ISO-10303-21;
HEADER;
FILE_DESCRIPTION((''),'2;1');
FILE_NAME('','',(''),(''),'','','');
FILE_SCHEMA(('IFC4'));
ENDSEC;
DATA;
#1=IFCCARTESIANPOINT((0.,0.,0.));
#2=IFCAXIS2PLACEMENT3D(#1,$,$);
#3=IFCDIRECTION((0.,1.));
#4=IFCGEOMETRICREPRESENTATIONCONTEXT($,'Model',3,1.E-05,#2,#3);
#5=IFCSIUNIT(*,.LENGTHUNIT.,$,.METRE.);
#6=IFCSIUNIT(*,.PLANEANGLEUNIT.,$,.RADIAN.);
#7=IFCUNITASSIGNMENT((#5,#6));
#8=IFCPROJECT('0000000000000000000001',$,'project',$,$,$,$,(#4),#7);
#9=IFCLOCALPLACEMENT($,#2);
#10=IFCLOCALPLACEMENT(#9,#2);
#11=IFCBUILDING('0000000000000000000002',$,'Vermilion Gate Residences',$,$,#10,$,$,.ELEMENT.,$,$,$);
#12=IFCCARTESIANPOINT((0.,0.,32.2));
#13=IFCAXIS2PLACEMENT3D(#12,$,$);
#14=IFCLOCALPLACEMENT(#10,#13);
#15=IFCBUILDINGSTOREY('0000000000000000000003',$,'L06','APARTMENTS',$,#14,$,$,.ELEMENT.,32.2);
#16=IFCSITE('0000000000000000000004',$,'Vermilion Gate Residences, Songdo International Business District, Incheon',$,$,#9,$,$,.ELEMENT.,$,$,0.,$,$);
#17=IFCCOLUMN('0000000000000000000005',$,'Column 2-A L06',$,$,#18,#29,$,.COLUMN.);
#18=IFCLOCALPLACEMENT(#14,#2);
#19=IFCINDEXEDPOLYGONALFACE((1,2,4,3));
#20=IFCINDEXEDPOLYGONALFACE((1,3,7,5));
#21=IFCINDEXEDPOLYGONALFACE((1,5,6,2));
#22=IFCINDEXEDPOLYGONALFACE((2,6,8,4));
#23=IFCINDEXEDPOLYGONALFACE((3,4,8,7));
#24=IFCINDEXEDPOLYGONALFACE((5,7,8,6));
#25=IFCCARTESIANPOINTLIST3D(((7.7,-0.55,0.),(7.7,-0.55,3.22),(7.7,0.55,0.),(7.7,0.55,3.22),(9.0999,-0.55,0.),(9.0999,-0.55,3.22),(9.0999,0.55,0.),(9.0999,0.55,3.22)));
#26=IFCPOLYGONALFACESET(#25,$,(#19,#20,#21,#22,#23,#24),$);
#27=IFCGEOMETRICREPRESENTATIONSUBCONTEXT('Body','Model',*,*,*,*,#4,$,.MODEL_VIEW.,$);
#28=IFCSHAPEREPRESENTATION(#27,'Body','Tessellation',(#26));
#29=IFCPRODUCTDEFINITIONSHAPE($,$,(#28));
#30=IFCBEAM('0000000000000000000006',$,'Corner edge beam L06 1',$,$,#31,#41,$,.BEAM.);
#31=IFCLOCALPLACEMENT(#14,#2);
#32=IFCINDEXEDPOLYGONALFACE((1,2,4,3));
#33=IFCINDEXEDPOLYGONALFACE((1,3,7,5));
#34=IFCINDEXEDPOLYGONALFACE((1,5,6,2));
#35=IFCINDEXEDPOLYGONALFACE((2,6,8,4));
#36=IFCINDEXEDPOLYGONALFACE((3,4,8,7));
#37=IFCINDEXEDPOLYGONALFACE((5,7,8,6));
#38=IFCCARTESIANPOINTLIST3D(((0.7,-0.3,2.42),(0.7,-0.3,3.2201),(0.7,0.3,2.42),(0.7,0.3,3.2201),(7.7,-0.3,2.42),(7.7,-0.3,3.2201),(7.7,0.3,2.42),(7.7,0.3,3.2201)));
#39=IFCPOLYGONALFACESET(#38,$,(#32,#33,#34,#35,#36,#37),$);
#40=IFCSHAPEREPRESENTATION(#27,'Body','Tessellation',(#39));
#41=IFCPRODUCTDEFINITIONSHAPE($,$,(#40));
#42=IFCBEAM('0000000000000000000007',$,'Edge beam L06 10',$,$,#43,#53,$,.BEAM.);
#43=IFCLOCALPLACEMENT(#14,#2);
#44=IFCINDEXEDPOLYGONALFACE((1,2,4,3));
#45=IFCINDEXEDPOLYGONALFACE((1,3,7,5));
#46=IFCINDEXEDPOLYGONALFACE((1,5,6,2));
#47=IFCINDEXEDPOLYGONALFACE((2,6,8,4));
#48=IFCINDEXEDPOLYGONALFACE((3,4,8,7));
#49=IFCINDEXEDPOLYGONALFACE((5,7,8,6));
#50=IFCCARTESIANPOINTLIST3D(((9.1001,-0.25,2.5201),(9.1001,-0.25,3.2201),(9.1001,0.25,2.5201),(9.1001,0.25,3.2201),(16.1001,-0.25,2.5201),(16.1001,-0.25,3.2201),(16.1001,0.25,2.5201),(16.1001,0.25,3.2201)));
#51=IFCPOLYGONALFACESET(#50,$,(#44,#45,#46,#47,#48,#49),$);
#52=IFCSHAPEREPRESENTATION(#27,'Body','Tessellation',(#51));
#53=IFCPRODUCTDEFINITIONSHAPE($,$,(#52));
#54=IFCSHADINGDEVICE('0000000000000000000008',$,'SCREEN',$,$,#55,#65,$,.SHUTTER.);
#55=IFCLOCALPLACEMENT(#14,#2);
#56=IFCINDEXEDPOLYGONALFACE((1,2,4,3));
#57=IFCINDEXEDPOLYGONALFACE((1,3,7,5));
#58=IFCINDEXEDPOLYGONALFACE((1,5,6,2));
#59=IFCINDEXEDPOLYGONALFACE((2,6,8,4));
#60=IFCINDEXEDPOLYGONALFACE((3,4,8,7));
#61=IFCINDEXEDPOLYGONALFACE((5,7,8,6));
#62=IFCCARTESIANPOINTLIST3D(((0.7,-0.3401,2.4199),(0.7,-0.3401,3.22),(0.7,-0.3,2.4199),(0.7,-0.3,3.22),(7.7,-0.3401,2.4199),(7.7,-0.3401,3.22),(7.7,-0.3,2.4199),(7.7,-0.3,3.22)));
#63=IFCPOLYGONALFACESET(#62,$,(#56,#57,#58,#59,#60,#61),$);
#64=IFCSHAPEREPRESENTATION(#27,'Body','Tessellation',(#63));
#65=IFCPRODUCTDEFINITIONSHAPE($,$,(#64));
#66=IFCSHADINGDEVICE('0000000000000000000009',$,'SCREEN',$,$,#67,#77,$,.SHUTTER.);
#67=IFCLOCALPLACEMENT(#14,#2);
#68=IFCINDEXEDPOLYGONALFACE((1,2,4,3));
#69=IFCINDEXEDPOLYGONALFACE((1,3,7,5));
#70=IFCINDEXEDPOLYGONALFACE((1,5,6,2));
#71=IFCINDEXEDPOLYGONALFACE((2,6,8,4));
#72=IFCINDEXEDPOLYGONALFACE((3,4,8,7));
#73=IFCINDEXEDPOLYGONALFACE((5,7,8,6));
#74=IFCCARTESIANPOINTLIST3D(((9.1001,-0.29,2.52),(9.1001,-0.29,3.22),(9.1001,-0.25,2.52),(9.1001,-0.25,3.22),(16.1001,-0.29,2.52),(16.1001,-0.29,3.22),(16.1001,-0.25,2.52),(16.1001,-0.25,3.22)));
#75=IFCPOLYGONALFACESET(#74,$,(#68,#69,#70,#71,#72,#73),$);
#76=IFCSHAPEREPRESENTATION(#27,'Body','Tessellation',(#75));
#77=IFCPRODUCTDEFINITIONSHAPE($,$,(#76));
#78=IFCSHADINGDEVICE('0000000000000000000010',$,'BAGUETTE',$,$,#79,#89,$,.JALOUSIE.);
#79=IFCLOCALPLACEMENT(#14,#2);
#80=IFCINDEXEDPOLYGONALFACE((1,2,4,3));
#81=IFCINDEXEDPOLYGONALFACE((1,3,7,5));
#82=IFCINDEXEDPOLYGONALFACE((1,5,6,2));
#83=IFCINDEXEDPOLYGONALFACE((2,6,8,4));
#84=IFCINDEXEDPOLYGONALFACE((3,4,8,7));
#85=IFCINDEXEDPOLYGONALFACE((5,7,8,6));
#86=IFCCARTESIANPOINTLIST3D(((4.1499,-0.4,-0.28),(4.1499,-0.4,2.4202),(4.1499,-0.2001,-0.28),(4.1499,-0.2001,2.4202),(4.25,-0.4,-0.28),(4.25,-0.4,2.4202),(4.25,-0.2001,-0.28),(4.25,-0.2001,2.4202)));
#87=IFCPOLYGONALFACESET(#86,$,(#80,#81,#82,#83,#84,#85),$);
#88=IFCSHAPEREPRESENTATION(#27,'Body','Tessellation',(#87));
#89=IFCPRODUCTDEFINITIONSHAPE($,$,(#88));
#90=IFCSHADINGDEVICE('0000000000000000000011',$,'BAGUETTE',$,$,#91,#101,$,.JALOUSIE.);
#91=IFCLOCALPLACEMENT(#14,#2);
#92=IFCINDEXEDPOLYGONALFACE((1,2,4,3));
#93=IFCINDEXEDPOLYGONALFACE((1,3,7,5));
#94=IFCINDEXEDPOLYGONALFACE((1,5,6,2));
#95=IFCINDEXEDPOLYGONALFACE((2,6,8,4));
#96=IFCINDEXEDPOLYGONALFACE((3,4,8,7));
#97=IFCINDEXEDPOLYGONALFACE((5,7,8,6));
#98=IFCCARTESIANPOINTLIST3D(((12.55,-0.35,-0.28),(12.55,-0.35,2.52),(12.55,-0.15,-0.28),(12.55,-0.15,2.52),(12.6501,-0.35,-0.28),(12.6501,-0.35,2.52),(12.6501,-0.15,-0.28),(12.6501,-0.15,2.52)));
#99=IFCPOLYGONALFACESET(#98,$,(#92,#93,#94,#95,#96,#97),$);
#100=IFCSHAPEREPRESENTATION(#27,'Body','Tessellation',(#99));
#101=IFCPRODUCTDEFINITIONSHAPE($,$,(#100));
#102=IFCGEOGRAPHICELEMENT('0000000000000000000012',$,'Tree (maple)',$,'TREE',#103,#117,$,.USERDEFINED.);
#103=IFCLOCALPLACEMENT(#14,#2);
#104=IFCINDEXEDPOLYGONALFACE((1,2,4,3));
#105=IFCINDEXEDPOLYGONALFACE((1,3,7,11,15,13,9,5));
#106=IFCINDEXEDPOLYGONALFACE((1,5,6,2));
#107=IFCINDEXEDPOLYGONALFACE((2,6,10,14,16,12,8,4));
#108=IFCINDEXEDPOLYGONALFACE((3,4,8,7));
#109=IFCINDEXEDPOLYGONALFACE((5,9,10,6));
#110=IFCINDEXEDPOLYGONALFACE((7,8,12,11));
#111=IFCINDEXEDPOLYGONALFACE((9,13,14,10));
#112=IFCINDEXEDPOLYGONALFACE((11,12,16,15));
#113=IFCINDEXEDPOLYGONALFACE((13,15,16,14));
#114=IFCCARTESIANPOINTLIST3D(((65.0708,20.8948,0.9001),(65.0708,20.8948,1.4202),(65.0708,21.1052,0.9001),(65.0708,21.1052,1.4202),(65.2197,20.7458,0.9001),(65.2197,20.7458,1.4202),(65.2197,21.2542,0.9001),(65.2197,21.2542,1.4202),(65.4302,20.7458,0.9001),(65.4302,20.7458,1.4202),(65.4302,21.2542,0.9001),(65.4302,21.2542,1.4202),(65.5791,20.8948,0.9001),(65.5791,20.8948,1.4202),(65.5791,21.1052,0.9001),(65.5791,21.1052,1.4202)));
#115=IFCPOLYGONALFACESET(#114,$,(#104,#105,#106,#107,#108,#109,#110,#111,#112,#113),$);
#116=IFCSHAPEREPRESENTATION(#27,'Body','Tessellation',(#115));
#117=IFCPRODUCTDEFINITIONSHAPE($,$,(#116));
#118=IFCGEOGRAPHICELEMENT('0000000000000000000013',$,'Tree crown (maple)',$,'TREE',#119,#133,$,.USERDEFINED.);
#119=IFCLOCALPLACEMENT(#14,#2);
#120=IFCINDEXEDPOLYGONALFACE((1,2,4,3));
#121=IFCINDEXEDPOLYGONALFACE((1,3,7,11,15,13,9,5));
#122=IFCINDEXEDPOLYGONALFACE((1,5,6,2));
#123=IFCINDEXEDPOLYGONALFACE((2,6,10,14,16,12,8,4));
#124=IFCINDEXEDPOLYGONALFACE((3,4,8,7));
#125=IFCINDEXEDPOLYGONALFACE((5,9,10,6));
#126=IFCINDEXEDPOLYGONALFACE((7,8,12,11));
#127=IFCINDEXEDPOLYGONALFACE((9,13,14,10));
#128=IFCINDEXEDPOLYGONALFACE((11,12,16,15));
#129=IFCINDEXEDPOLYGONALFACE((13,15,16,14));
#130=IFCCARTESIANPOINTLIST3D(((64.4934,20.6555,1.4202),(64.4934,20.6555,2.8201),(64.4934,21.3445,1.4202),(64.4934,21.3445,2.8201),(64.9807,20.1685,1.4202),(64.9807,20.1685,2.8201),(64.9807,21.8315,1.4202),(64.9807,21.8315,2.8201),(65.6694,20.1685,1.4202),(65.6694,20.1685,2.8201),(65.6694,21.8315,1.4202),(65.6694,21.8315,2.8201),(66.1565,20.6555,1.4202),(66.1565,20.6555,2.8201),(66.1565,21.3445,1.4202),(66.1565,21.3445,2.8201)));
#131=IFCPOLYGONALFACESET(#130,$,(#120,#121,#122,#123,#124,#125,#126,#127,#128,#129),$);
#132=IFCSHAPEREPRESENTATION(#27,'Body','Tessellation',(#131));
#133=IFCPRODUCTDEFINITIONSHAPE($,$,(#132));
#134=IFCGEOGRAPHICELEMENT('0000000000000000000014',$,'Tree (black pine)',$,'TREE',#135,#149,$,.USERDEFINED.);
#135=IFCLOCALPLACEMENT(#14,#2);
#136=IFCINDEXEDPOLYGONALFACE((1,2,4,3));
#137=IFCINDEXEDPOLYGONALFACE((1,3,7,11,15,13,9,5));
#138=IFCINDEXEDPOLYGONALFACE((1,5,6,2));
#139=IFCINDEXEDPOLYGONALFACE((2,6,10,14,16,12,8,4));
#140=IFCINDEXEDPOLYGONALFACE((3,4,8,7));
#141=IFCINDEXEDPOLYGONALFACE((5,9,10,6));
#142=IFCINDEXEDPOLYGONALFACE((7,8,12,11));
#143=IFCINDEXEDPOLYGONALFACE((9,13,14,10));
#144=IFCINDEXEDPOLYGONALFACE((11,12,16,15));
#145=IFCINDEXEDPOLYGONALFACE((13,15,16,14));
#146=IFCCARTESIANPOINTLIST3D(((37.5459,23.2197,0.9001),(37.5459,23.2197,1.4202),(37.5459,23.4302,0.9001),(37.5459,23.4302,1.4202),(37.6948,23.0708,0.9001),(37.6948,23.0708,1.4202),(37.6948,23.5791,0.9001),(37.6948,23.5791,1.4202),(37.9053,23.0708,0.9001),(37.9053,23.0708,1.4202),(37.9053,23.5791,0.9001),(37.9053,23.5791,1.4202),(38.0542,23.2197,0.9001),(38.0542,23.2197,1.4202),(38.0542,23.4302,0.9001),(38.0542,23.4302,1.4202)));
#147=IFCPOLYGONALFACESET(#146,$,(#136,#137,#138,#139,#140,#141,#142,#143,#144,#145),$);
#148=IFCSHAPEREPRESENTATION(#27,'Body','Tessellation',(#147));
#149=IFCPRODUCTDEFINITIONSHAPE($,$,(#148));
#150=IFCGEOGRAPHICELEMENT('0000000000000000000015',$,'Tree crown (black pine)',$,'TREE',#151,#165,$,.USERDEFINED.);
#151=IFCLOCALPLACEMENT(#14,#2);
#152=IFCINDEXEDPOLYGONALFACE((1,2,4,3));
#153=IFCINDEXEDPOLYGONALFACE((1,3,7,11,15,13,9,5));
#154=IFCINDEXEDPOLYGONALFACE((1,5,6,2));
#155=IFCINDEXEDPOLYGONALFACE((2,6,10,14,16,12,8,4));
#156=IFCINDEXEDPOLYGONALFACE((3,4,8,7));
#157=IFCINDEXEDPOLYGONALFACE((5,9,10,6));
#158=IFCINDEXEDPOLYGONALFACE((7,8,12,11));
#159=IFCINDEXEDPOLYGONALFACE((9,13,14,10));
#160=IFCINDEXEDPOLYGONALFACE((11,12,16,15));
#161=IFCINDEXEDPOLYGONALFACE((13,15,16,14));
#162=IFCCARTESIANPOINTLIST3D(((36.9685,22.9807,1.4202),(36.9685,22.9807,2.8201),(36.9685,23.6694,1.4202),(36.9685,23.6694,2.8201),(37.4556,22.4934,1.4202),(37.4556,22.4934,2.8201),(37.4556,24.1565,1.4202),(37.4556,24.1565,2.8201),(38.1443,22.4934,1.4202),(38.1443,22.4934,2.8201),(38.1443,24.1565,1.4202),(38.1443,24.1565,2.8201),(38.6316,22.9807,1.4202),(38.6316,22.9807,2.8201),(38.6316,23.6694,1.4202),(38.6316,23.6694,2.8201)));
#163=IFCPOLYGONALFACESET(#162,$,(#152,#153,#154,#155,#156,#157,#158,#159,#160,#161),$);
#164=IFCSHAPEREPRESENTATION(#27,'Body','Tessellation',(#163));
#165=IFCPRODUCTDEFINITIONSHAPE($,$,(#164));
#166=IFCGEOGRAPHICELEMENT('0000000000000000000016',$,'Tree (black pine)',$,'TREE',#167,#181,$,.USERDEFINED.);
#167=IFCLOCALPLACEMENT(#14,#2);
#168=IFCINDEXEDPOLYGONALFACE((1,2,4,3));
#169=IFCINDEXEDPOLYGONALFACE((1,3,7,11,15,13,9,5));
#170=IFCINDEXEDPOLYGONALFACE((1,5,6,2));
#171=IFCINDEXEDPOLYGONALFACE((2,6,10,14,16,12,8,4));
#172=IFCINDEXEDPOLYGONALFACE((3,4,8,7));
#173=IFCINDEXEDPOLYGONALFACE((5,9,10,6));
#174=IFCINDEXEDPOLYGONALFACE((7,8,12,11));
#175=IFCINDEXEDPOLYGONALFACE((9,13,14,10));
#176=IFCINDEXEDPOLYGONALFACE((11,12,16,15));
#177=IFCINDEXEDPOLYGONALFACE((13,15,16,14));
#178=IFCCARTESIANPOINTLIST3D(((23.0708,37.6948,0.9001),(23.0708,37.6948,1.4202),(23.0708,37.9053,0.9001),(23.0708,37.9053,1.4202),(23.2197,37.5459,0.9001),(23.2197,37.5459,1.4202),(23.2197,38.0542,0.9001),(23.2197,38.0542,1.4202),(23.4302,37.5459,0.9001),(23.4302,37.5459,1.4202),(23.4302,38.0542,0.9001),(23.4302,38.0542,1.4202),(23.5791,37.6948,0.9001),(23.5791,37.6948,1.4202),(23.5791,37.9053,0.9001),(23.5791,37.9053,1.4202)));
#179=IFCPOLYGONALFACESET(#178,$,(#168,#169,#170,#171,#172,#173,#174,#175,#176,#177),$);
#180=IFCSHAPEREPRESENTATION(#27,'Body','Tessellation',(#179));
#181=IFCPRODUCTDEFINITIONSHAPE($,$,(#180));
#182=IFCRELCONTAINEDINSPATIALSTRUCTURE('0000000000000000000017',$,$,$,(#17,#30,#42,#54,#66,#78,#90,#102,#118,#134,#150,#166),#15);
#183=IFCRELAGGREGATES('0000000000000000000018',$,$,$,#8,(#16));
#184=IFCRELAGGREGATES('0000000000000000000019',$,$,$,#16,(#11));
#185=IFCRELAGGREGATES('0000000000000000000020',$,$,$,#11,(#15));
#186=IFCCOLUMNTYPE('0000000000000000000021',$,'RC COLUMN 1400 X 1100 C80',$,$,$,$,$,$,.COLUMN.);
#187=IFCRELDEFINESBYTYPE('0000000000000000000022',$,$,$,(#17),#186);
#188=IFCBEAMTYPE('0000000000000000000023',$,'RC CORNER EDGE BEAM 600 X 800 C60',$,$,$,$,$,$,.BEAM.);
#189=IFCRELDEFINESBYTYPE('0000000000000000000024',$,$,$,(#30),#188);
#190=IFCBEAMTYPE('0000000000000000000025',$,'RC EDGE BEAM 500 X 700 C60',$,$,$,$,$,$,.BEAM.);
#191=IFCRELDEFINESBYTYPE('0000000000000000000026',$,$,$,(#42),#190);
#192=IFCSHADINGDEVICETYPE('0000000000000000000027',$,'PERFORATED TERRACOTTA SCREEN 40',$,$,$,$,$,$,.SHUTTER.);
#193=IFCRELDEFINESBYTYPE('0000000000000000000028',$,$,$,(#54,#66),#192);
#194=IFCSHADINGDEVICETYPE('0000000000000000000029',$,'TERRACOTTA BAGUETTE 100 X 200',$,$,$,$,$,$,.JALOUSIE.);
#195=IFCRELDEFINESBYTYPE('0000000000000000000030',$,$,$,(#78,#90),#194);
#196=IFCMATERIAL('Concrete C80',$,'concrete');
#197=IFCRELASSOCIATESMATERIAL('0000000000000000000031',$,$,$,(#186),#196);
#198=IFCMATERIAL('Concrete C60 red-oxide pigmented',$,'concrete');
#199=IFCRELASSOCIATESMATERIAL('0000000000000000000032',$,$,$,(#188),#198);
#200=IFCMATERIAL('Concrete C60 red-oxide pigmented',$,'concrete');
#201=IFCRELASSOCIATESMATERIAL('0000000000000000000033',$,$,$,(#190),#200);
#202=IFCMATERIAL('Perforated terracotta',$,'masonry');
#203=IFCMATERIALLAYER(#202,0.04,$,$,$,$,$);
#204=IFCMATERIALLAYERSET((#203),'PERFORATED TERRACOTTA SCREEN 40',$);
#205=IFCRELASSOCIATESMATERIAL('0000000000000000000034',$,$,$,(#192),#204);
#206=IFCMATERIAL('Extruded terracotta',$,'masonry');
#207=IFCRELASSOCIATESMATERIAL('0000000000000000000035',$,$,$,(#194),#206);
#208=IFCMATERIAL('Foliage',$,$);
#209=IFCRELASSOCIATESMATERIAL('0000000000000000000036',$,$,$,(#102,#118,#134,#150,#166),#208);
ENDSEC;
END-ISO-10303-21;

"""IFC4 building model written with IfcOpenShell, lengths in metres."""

from ifc_helpers import new_model, si_unit, direction, frame, origin, origin_2d, place, context, subcontext, project, spatial, polyline, rectangle, outline, extrude, material, layer, layer_set, material_profile, profile_set, type_object, element, save


model = new_model("IFC4")

# Units and contexts
model_context = context("Model", 3, precision=1e-05, world=origin(), true_north=direction((0.0, 1.0)))
body_context = subcontext(model_context, "Body", "Model", "MODEL_VIEW")
ifc_project = project(units=[si_unit("LENGTHUNIT", "METRE"), si_unit("PLANEANGLEUNIT", "RADIAN")], contexts=[model_context])

# Site, building, storey
site_placement = place(None, origin())
site = spatial("IfcSite", under=ifc_project, at=site_placement, Name="Vermilion Gate Residences, Songdo International Business District, Incheon", CompositionType="ELEMENT", RefElevation=0.0)
building_placement = place(site_placement, origin())
building = spatial("IfcBuilding", under=site, at=building_placement, Name="Vermilion Gate Residences", CompositionType="ELEMENT")
storey_placement = place(building_placement, frame((0.0, 0.0, 32.2)))
storey = spatial("IfcBuildingStorey", under=building, at=storey_placement, Name="L06", Description="APARTMENTS", CompositionType="ELEMENT", Elevation=32.2)

# Column
ifc_material_1 = material(Name="Concrete C80", Category="concrete")
ifc_material_profile_1 = material_profile(ifc_material_1, rectangle(XDim=1.3999, YDim=1.1001, at=origin_2d()), Name="RC-1400x1100")
ifc_profile_set_1 = profile_set([ifc_material_profile_1], Name="Concrete C80")
column_type = type_object("IfcColumnType", Name="RC COLUMN 1400 X 1100 C80", PredefinedType="COLUMN", material=ifc_profile_set_1)
column_placement = place(storey_placement, frame((8.3999, 0.0, 0.0), z_axis=(0.0, 0.0, 1.0), x_axis=(1.0, 0.0, 0.0)))
element("IfcColumn", 1, at=column_placement, inside=storey, type_object=column_type, Name="Column 2-A L06", PredefinedType="COLUMN", context=body_context, shape_type="SweptSolid", body=[
    extrude(rectangle(XDim=1.3999, YDim=1.1001, at=origin_2d()), origin(), (0.0, 0.0, 1.0), 3.22),
])

# Beams
ifc_material_2 = material(Name="Concrete C60 red-oxide pigmented", Category="concrete")
ifc_material_profile_2 = material_profile(ifc_material_2, rectangle(XDim=0.6001, YDim=0.8, at=origin_2d()), Name="RC-600x800")
ifc_profile_set_2 = profile_set([ifc_material_profile_2], Name="Concrete C60 red-oxide pigmented")
beam_type_1 = type_object("IfcBeamType", Name="RC CORNER EDGE BEAM 600 X 800 C60", PredefinedType="BEAM", material=ifc_profile_set_2)
beam_1_placement = place(storey_placement, frame((0.7, 0.0, 2.8201), z_axis=(1.0, 0.0, 0.0), x_axis=(0.0, 1.0, 0.0)))
element("IfcBeam", 2, at=beam_1_placement, inside=storey, type_object=beam_type_1, Name="Corner edge beam L06 1", PredefinedType="BEAM", context=body_context, shape_type="SweptSolid", body=[
    extrude(rectangle(XDim=0.6001, YDim=0.8, at=origin_2d()), origin(), (0.0, 0.0, 1.0), 7.0),
])
ifc_material_3 = material(Name="Concrete C60 red-oxide pigmented", Category="concrete")
ifc_material_profile_3 = material_profile(ifc_material_3, rectangle(XDim=0.5, YDim=0.7, at=origin_2d()), Name="RC-500x700")
ifc_profile_set_3 = profile_set([ifc_material_profile_3], Name="Concrete C60 red-oxide pigmented")
beam_type_2 = type_object("IfcBeamType", Name="RC EDGE BEAM 500 X 700 C60", PredefinedType="BEAM", material=ifc_profile_set_3)
beam_2_placement = place(storey_placement, frame((9.1001, 0.0, 2.8701), z_axis=(1.0, 0.0, 0.0), x_axis=(0.0, 1.0, 0.0)))
element("IfcBeam", 3, at=beam_2_placement, inside=storey, type_object=beam_type_2, Name="Edge beam L06 10", PredefinedType="BEAM", context=body_context, shape_type="SweptSolid", body=[
    extrude(rectangle(XDim=0.5, YDim=0.7, at=origin_2d()), origin(), (0.0, 0.0, 1.0), 7.0),
])

# Shading devices
ifc_material_4 = material(Name="Perforated terracotta", Category="masonry")
ifc_layer = layer(ifc_material_4, 0.04)
ifc_layer_set = layer_set([ifc_layer], Name="PERFORATED TERRACOTTA SCREEN 40")
shading_device_type_1 = type_object("IfcShadingDeviceType", Name="PERFORATED TERRACOTTA SCREEN 40", PredefinedType="SHUTTER", material=ifc_layer_set)
shading_device_1_placement = place(storey_placement, frame((4.2, -0.3201, 2.4199), z_axis=(0.0, 0.0, 1.0), x_axis=(1.0, 0.0, 0.0)))
element("IfcShadingDevice", 4, at=shading_device_1_placement, inside=storey, type_object=shading_device_type_1, Name="SCREEN", PredefinedType="SHUTTER", context=body_context, shape_type="SweptSolid", body=[
    extrude(rectangle(XDim=7.0, YDim=0.04, at=origin_2d()), origin(), (0.0, 0.0, 1.0), 0.8),
])
shading_device_2_placement = place(storey_placement, frame((12.6001, -0.27, 2.52), z_axis=(0.0, 0.0, 1.0), x_axis=(1.0, 0.0, 0.0)))
element("IfcShadingDevice", 5, at=shading_device_2_placement, inside=storey, type_object=shading_device_type_1, Name="SCREEN", PredefinedType="SHUTTER", context=body_context, shape_type="SweptSolid", body=[
    extrude(rectangle(XDim=7.0, YDim=0.04, at=origin_2d()), origin(), (0.0, 0.0, 1.0), 0.7),
])
ifc_material_5 = material(Name="Extruded terracotta", Category="masonry")
ifc_material_profile_4 = material_profile(ifc_material_5, rectangle(XDim=0.2, YDim=0.1001, at=origin_2d()), Name="BAGUETTE 100 X 200")
ifc_profile_set_4 = profile_set([ifc_material_profile_4], Name="Extruded terracotta")
shading_device_type_2 = type_object("IfcShadingDeviceType", Name="TERRACOTTA BAGUETTE 100 X 200", PredefinedType="JALOUSIE", material=ifc_profile_set_4)
shading_device_3_placement = place(storey_placement, frame((4.2, -0.3, -0.28), z_axis=(0.0, 0.0, 1.0), x_axis=(0.0, 1.0, 0.0)))
element("IfcShadingDevice", 6, at=shading_device_3_placement, inside=storey, type_object=shading_device_type_2, Name="BAGUETTE", PredefinedType="JALOUSIE", context=body_context, shape_type="SweptSolid", body=[
    extrude(rectangle(XDim=0.2, YDim=0.1001, at=origin_2d()), origin(), (0.0, 0.0, 1.0), 2.7002),
])
shading_device_4_placement = place(storey_placement, frame((12.6001, -0.25, -0.28), z_axis=(0.0, 0.0, 1.0), x_axis=(0.0, 1.0, 0.0)))
element("IfcShadingDevice", 7, at=shading_device_4_placement, inside=storey, type_object=shading_device_type_2, Name="BAGUETTE", PredefinedType="JALOUSIE", context=body_context, shape_type="SweptSolid", body=[
    extrude(rectangle(XDim=0.2, YDim=0.1001, at=origin_2d()), origin(), (0.0, 0.0, 1.0), 2.8),
])

# Geographic elements
ifc_material_6 = material(Name="Foliage")
geographic_element_1_placement = place(storey_placement, frame((0.0, 0.0, 0.9001)))
element("IfcGeographicElement", 8, at=geographic_element_1_placement, inside=storey, material=ifc_material_6, Name="Tree (maple)", ObjectType="TREE", PredefinedType="USERDEFINED", context=body_context, shape_type="SweptSolid", body=[
    extrude(outline(polyline([(65.5791, 21.1052), (65.4302, 21.2542), (65.2197, 21.2542), (65.0708, 21.1052), (65.0708, 20.8948), (65.2197, 20.7458), (65.4302, 20.7458), (65.5791, 20.8948), (65.5791, 21.1052)])), origin(), (0.0, 0.0, 1.0), 0.52),
])
geographic_element_2_placement = place(storey_placement, frame((0.0, 0.0, 1.4202)))
element("IfcGeographicElement", 9, at=geographic_element_2_placement, inside=storey, material=ifc_material_6, Name="Tree crown (maple)", ObjectType="TREE", PredefinedType="USERDEFINED", context=body_context, shape_type="SweptSolid", body=[
    extrude(outline(polyline([(66.1565, 21.3445), (65.6694, 21.8315), (64.9807, 21.8315), (64.4934, 21.3445), (64.4934, 20.6555), (64.9807, 20.1685), (65.6694, 20.1685), (66.1565, 20.6555), (66.1565, 21.3445)])), origin(), (0.0, 0.0, 1.0), 1.3999),
])
geographic_element_3_placement = place(storey_placement, frame((0.0, 0.0, 0.9001)))
element("IfcGeographicElement", 10, at=geographic_element_3_placement, inside=storey, material=ifc_material_6, Name="Tree (black pine)", ObjectType="TREE", PredefinedType="USERDEFINED", context=body_context, shape_type="SweptSolid", body=[
    extrude(outline(polyline([(38.0542, 23.4302), (37.9053, 23.5791), (37.6948, 23.5791), (37.5459, 23.4302), (37.5459, 23.2197), (37.6948, 23.0708), (37.9053, 23.0708), (38.0542, 23.2197), (38.0542, 23.4302)])), origin(), (0.0, 0.0, 1.0), 0.52),
])
geographic_element_4_placement = place(storey_placement, frame((0.0, 0.0, 1.4202)))
element("IfcGeographicElement", 11, at=geographic_element_4_placement, inside=storey, material=ifc_material_6, Name="Tree crown (black pine)", ObjectType="TREE", PredefinedType="USERDEFINED", context=body_context, shape_type="SweptSolid", body=[
    extrude(outline(polyline([(38.6316, 23.6694), (38.1443, 24.1565), (37.4556, 24.1565), (36.9685, 23.6694), (36.9685, 22.9807), (37.4556, 22.4934), (38.1443, 22.4934), (38.6316, 22.9807), (38.6316, 23.6694)])), origin(), (0.0, 0.0, 1.0), 1.3999),
])
geographic_element_5_placement = place(storey_placement, frame((0.0, 0.0, 0.9001)))
element("IfcGeographicElement", 12, at=geographic_element_5_placement, inside=storey, material=ifc_material_6, Name="Tree (black pine)", ObjectType="TREE", PredefinedType="USERDEFINED", context=body_context, shape_type="SweptSolid", body=[
    extrude(outline(polyline([(23.5791, 37.9053), (23.4302, 38.0542), (23.2197, 38.0542), (23.0708, 37.9053), (23.0708, 37.6948), (23.2197, 37.5459), (23.4302, 37.5459), (23.5791, 37.6948), (23.5791, 37.9053)])), origin(), (0.0, 0.0, 1.0), 0.52),
])

save(model, "model.ifc")
